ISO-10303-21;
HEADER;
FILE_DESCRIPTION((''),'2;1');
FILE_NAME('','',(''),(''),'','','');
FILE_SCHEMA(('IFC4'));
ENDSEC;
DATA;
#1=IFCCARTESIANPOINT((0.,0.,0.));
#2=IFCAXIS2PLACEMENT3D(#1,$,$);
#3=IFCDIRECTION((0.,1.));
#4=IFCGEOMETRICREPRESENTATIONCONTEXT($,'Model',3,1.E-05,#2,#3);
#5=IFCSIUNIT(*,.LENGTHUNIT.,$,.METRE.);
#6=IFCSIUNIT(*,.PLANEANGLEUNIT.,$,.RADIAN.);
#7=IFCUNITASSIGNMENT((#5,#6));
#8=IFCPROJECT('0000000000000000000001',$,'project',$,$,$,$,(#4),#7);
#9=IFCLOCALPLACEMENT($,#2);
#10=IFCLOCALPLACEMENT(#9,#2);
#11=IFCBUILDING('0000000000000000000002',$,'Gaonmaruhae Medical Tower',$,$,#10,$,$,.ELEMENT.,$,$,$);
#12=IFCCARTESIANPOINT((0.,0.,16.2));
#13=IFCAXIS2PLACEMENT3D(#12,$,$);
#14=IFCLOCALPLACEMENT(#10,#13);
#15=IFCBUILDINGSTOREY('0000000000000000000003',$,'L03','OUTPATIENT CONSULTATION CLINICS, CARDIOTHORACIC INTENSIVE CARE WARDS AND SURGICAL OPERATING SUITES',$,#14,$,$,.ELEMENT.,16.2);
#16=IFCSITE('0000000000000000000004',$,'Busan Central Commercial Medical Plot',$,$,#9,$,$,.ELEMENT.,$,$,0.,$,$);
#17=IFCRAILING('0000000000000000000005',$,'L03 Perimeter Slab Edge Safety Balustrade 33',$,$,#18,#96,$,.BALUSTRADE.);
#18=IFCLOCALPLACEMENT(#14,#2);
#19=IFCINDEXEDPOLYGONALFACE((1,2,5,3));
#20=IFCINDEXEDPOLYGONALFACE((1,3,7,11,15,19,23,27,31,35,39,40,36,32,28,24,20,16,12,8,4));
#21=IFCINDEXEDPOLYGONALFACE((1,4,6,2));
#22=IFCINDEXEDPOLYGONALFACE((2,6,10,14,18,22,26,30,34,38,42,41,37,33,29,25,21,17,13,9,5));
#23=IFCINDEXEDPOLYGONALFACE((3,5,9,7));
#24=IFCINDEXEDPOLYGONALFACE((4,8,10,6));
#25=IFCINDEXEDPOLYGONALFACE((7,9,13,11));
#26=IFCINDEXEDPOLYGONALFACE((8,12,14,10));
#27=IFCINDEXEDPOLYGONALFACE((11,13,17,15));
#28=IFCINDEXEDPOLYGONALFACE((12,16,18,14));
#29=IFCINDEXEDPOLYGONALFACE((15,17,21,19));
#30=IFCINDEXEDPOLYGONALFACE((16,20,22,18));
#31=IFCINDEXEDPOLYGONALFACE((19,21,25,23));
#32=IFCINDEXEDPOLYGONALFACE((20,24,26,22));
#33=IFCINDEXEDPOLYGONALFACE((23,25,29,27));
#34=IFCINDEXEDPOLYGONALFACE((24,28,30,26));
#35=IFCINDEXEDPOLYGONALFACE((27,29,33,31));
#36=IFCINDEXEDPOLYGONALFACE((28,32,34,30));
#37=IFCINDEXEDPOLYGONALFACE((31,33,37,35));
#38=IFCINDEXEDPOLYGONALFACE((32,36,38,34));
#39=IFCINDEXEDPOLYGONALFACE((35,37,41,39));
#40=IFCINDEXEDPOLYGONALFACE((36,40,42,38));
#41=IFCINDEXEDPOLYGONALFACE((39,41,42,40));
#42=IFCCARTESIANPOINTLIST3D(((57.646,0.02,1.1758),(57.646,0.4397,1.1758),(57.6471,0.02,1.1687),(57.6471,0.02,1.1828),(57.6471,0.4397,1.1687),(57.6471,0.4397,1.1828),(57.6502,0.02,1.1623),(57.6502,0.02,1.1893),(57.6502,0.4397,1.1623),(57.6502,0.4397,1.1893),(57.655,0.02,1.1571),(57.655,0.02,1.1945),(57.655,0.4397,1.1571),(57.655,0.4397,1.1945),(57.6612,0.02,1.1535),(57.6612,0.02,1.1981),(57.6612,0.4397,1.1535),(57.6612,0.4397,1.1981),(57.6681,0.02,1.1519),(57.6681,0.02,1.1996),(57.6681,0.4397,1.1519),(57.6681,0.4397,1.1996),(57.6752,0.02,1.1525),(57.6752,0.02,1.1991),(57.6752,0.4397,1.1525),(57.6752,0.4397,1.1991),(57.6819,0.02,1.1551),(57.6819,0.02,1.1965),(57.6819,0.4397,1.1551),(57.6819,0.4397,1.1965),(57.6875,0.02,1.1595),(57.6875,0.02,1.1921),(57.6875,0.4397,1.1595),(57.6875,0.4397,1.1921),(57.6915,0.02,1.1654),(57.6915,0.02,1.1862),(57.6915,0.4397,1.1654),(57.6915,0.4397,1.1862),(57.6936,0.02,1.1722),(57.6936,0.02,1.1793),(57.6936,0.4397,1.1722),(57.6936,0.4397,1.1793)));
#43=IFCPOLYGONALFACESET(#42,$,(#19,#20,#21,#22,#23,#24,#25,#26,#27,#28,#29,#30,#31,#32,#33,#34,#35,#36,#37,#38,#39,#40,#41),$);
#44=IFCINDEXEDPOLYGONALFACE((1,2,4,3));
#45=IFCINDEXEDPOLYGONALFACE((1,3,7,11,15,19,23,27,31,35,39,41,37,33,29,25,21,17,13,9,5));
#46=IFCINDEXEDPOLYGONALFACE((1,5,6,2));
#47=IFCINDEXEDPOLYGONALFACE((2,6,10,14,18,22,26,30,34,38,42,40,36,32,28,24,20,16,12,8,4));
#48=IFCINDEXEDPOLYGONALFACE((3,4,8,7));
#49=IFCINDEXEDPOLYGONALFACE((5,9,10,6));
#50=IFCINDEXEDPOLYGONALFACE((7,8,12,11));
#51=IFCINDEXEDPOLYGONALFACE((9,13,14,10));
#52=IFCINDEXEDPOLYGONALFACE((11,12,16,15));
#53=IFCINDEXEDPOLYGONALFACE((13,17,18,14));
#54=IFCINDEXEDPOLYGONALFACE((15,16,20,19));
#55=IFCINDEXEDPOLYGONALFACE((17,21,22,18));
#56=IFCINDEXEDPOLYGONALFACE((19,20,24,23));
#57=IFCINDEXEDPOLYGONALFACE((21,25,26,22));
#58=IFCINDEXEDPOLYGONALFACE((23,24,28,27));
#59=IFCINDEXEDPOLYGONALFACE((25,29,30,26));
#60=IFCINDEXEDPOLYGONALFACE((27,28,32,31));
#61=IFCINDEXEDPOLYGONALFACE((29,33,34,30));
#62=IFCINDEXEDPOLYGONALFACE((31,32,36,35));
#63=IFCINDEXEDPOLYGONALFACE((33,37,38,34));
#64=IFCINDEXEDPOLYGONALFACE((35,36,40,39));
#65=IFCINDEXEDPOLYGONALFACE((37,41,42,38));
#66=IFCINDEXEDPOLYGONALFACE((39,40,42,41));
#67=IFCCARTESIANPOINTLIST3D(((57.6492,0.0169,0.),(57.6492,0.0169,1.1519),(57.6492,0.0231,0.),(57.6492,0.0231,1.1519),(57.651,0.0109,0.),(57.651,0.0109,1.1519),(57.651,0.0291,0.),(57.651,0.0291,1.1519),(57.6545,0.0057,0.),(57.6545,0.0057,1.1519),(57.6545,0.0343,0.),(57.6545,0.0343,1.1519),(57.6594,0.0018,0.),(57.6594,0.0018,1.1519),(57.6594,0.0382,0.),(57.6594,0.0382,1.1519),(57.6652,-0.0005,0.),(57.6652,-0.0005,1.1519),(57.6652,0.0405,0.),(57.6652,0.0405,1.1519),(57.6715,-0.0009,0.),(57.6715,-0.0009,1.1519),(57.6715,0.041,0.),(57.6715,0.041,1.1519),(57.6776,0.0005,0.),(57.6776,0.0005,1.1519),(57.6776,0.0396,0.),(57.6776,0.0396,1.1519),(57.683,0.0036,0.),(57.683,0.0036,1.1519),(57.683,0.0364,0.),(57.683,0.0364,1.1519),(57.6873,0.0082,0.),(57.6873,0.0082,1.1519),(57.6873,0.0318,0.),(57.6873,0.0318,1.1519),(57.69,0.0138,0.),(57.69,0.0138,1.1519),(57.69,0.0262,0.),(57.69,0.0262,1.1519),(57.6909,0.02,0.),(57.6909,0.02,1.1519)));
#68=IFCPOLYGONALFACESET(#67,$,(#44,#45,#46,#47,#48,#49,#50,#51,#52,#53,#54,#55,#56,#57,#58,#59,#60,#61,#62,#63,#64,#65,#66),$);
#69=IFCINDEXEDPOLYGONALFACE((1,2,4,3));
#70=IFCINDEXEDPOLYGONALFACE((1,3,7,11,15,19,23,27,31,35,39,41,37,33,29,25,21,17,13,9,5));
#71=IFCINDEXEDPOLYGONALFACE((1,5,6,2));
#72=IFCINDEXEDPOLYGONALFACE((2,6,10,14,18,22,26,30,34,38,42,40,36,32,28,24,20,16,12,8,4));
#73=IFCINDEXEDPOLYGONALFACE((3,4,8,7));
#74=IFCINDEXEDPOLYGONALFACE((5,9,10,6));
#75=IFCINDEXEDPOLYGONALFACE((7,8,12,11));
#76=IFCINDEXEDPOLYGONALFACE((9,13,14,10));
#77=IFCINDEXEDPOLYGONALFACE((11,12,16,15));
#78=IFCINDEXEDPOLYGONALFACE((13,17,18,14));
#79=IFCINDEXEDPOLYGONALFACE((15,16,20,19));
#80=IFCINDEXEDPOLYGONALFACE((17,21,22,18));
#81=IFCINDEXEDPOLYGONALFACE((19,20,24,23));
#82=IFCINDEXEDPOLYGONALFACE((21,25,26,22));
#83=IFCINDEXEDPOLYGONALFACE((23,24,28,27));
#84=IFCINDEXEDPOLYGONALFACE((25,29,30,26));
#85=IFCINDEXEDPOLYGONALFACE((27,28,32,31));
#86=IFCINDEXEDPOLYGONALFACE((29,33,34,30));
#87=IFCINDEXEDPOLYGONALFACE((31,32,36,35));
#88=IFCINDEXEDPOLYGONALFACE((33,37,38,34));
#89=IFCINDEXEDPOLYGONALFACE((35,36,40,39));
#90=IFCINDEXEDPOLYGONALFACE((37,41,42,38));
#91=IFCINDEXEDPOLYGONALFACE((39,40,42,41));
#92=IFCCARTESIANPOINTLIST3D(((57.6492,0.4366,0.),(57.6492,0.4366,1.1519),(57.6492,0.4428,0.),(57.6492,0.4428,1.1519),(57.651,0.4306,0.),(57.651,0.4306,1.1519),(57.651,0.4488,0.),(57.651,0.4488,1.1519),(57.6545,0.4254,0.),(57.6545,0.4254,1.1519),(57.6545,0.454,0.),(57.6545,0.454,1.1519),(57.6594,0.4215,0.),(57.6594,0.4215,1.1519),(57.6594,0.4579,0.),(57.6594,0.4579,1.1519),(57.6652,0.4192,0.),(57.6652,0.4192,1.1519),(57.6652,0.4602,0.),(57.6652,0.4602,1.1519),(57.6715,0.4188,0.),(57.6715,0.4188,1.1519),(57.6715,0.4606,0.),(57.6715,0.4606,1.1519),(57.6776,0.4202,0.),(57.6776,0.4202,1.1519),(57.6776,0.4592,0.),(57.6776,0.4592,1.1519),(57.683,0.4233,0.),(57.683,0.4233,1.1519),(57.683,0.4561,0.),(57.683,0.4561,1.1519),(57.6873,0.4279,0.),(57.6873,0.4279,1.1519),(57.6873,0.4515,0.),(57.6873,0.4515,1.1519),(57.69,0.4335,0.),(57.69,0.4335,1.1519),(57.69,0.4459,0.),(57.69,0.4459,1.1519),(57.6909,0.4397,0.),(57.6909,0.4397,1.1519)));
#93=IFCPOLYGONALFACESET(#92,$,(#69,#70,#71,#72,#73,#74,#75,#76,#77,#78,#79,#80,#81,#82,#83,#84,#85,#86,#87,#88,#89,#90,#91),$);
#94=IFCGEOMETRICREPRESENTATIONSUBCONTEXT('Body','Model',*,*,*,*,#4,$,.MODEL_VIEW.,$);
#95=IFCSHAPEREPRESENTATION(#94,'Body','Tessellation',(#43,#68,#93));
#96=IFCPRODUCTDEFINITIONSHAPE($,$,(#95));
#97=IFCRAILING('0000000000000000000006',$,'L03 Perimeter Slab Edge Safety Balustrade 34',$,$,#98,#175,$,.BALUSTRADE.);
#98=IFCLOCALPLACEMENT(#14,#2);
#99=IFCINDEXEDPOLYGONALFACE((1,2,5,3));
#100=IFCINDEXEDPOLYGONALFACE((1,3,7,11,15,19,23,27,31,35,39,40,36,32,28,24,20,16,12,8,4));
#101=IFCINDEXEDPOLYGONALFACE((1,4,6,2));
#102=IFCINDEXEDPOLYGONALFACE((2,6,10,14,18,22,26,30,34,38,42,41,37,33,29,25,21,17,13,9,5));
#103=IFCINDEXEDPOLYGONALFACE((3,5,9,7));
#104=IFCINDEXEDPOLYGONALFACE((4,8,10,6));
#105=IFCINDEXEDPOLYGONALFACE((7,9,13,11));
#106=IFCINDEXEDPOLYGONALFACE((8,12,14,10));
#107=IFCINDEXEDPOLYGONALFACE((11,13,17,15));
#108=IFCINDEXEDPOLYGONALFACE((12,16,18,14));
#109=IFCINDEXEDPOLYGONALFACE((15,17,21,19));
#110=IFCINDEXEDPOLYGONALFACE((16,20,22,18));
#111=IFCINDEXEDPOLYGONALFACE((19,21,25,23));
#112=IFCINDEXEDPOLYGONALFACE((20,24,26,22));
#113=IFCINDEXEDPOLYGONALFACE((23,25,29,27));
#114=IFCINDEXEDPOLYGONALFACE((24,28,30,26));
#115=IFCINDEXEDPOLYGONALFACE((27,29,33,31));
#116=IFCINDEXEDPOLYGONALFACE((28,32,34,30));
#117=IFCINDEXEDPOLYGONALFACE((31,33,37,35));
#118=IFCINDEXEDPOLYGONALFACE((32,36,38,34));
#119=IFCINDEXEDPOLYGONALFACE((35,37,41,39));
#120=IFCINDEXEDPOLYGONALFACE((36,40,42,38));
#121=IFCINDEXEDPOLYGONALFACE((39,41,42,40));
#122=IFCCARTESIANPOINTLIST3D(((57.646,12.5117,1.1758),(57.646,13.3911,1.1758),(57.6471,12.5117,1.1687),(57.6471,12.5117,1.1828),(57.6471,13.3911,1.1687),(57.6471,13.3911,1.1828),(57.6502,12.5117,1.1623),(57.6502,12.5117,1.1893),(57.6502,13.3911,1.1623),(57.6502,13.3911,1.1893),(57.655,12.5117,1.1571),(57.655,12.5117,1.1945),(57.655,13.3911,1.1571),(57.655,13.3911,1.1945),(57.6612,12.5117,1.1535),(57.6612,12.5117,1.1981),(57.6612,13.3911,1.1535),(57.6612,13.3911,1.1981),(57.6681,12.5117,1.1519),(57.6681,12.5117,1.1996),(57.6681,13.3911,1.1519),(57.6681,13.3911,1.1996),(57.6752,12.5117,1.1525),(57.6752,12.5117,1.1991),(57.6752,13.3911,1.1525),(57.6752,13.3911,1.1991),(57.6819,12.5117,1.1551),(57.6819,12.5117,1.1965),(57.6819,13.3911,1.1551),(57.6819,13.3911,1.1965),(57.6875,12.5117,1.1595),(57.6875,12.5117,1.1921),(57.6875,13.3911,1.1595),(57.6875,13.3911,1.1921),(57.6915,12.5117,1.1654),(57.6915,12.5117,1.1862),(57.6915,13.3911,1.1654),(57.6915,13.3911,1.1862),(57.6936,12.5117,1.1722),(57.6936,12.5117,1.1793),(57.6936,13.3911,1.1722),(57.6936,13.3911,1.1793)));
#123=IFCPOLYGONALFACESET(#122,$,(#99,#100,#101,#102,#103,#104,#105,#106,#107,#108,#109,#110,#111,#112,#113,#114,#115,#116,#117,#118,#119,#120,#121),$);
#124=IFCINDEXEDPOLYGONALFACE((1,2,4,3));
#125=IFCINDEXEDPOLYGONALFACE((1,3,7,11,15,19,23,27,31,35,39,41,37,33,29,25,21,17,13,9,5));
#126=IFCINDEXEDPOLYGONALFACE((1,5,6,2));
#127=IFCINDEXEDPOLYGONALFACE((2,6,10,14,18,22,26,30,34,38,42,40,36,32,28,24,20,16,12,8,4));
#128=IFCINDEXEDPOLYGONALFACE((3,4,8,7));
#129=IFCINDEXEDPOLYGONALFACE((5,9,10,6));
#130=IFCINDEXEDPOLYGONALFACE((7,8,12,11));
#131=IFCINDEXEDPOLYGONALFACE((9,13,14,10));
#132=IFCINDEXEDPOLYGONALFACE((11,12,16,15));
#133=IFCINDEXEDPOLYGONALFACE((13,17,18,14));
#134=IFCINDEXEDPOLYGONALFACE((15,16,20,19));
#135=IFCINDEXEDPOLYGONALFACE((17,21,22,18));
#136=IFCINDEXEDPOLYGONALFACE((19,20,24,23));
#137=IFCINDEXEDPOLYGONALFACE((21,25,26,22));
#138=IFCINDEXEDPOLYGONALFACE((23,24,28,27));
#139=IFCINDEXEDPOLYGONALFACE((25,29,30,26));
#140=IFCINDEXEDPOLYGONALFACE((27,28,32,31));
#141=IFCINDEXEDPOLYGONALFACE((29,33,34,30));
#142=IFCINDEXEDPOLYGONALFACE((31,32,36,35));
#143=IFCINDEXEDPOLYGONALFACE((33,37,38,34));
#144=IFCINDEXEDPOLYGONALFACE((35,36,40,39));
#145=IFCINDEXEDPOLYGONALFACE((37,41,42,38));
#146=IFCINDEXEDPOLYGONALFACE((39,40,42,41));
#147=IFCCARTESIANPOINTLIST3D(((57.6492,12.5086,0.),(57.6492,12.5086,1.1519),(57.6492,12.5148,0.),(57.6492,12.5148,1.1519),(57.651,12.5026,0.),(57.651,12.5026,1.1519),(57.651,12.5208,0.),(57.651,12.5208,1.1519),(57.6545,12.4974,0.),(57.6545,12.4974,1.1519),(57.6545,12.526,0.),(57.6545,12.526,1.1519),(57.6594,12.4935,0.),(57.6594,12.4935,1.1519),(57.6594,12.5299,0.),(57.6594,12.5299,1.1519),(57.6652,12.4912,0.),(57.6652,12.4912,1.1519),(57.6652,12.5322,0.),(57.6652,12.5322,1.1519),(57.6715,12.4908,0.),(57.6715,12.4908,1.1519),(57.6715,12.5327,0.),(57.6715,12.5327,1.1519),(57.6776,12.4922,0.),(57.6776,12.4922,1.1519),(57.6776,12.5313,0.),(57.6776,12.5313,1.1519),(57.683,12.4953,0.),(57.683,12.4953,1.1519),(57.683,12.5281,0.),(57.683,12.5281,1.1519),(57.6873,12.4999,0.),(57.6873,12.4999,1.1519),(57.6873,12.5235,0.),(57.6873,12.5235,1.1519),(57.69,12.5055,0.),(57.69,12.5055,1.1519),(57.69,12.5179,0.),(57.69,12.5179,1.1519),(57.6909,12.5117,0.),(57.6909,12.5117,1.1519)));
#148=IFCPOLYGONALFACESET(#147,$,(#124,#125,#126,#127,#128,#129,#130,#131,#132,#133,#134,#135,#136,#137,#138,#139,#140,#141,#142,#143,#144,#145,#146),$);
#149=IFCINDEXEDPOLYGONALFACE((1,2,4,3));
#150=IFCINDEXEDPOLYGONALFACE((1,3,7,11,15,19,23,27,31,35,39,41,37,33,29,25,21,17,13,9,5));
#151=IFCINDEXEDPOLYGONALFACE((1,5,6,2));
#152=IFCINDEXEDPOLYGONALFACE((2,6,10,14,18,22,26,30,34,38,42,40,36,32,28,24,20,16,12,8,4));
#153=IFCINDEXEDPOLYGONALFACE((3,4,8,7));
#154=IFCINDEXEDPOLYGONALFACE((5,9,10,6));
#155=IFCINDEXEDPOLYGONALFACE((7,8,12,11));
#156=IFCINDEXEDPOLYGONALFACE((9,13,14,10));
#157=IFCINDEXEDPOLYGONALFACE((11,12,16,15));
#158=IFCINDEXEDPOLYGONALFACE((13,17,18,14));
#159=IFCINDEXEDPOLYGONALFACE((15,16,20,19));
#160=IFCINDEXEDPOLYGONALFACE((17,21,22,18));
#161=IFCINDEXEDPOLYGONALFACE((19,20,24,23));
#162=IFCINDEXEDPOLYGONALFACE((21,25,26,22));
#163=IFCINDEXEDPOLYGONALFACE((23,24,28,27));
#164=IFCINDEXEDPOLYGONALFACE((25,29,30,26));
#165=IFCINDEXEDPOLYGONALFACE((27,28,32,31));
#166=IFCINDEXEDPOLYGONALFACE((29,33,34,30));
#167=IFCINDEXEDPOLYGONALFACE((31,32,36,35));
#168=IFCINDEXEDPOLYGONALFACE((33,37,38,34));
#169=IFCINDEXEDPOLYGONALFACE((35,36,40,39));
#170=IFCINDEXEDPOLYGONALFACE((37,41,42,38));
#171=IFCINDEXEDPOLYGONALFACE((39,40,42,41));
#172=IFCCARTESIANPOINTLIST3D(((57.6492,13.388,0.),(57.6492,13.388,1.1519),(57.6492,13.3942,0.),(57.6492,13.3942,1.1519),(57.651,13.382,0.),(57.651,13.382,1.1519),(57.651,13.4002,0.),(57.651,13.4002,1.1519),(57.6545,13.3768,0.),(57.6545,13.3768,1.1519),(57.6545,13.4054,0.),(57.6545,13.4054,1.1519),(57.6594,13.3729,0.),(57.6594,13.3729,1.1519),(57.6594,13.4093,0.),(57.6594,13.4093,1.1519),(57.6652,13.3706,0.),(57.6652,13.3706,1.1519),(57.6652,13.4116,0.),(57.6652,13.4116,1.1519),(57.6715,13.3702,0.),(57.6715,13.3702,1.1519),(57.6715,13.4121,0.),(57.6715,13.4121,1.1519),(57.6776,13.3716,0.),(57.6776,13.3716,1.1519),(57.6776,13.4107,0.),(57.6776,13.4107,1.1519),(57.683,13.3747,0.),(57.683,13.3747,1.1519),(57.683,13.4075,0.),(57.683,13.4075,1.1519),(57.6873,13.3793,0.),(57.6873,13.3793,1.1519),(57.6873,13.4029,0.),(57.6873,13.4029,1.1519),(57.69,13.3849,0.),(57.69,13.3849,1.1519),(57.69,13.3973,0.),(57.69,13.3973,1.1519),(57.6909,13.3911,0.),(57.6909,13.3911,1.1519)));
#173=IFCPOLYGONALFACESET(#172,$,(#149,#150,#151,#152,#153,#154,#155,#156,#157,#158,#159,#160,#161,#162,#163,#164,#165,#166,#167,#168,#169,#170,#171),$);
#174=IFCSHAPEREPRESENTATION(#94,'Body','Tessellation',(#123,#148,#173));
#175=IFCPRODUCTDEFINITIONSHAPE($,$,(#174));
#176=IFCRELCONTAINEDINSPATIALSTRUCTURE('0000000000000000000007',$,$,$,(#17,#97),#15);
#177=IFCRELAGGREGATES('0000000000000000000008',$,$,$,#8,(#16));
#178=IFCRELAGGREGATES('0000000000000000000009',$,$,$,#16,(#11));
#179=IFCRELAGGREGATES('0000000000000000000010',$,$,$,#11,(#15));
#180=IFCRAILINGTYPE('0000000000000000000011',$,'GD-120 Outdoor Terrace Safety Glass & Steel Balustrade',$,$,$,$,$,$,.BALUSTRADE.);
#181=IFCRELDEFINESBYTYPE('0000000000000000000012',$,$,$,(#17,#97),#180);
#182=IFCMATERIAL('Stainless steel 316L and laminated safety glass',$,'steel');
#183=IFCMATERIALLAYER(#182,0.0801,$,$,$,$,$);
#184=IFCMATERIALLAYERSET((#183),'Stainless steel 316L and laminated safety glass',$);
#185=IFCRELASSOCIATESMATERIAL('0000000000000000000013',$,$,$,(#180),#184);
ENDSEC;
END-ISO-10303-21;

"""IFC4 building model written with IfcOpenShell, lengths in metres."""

from ifc_helpers import new_model, si_unit, direction, frame, origin, origin_2d, place, context, subcontext, project, spatial, circle, extrude, material, layer, layer_set, type_object, element, save


model = new_model("IFC4")

# Units and contexts
model_context = context("Model", 3, precision=1e-05, world=origin(), true_north=direction((0.0, 1.0)))
body_context = subcontext(model_context, "Body", "Model", "MODEL_VIEW")
ifc_project = project(units=[si_unit("LENGTHUNIT", "METRE"), si_unit("PLANEANGLEUNIT", "RADIAN")], contexts=[model_context])

# Site, building, storey
site_placement = place(None, origin())
site = spatial("IfcSite", under=ifc_project, at=site_placement, Name="Busan Central Commercial Medical Plot", CompositionType="ELEMENT", RefElevation=0.0)
building_placement = place(site_placement, origin())
building = spatial("IfcBuilding", under=site, at=building_placement, Name="Gaonmaruhae Medical Tower", CompositionType="ELEMENT")
storey_placement = place(building_placement, frame((0.0, 0.0, 16.2)))
storey = spatial("IfcBuildingStorey", under=building, at=storey_placement, Name="L03", Description="OUTPATIENT CONSULTATION CLINICS, CARDIOTHORACIC INTENSIVE CARE WARDS AND SURGICAL OPERATING SUITES", CompositionType="ELEMENT", Elevation=16.2)

# Railings
ifc_material_1 = material(Name="Stainless steel 316L and laminated safety glass", Category="steel")
ifc_layer_1 = layer(ifc_material_1, 0.0801)
ifc_layer_set_1 = layer_set([ifc_layer_1], Name="Stainless steel 316L and laminated safety glass")
railing_type = type_object("IfcRailingType", Name="GD-120 Outdoor Terrace Safety Glass & Steel Balustrade", PredefinedType="BALUSTRADE", material=ifc_layer_set_1)
railing_1_placement = place(storey_placement, frame((57.6699, 0.02, 0.0)))
element("IfcRailing", 1, at=railing_1_placement, inside=storey, type_object=railing_type, Name="L03 Perimeter Slab Edge Safety Balustrade 33", PredefinedType="BALUSTRADE", context=body_context, shape_type="SweptSolid", body=[
    extrude(circle(Radius=0.0239, at=origin_2d()), frame((0.0, 0.0, 1.1758), z_axis=(0.0, 1.0, 0.0), x_axis=(-1.0, 0.0, 0.0)), (0.0, 0.0, 1.0), 0.4197),
    extrude(circle(Radius=0.021, at=origin_2d()), origin(), (0.0, 0.0, 1.0), 1.1519),
    extrude(circle(Radius=0.021, at=origin_2d()), frame((0.0, 0.4197, 0.0)), (0.0, 0.0, 1.0), 1.1519),
])
railing_2_placement = place(storey_placement, frame((57.6699, 12.5117, 0.0)))
element("IfcRailing", 2, at=railing_2_placement, inside=storey, type_object=railing_type, Name="L03 Perimeter Slab Edge Safety Balustrade 34", PredefinedType="BALUSTRADE", context=body_context, shape_type="SweptSolid", body=[
    extrude(circle(Radius=0.0239, at=origin_2d()), frame((0.0, 0.0, 1.1758), z_axis=(0.0, 1.0, 0.0), x_axis=(-1.0, 0.0, 0.0)), (0.0, 0.0, 1.0), 0.8794),
    extrude(circle(Radius=0.021, at=origin_2d()), origin(), (0.0, 0.0, 1.0), 1.1519),
    extrude(circle(Radius=0.021, at=origin_2d()), frame((0.0, 0.8794, 0.0)), (0.0, 0.0, 1.0), 1.1519),
])

save(model, "model.ifc")
